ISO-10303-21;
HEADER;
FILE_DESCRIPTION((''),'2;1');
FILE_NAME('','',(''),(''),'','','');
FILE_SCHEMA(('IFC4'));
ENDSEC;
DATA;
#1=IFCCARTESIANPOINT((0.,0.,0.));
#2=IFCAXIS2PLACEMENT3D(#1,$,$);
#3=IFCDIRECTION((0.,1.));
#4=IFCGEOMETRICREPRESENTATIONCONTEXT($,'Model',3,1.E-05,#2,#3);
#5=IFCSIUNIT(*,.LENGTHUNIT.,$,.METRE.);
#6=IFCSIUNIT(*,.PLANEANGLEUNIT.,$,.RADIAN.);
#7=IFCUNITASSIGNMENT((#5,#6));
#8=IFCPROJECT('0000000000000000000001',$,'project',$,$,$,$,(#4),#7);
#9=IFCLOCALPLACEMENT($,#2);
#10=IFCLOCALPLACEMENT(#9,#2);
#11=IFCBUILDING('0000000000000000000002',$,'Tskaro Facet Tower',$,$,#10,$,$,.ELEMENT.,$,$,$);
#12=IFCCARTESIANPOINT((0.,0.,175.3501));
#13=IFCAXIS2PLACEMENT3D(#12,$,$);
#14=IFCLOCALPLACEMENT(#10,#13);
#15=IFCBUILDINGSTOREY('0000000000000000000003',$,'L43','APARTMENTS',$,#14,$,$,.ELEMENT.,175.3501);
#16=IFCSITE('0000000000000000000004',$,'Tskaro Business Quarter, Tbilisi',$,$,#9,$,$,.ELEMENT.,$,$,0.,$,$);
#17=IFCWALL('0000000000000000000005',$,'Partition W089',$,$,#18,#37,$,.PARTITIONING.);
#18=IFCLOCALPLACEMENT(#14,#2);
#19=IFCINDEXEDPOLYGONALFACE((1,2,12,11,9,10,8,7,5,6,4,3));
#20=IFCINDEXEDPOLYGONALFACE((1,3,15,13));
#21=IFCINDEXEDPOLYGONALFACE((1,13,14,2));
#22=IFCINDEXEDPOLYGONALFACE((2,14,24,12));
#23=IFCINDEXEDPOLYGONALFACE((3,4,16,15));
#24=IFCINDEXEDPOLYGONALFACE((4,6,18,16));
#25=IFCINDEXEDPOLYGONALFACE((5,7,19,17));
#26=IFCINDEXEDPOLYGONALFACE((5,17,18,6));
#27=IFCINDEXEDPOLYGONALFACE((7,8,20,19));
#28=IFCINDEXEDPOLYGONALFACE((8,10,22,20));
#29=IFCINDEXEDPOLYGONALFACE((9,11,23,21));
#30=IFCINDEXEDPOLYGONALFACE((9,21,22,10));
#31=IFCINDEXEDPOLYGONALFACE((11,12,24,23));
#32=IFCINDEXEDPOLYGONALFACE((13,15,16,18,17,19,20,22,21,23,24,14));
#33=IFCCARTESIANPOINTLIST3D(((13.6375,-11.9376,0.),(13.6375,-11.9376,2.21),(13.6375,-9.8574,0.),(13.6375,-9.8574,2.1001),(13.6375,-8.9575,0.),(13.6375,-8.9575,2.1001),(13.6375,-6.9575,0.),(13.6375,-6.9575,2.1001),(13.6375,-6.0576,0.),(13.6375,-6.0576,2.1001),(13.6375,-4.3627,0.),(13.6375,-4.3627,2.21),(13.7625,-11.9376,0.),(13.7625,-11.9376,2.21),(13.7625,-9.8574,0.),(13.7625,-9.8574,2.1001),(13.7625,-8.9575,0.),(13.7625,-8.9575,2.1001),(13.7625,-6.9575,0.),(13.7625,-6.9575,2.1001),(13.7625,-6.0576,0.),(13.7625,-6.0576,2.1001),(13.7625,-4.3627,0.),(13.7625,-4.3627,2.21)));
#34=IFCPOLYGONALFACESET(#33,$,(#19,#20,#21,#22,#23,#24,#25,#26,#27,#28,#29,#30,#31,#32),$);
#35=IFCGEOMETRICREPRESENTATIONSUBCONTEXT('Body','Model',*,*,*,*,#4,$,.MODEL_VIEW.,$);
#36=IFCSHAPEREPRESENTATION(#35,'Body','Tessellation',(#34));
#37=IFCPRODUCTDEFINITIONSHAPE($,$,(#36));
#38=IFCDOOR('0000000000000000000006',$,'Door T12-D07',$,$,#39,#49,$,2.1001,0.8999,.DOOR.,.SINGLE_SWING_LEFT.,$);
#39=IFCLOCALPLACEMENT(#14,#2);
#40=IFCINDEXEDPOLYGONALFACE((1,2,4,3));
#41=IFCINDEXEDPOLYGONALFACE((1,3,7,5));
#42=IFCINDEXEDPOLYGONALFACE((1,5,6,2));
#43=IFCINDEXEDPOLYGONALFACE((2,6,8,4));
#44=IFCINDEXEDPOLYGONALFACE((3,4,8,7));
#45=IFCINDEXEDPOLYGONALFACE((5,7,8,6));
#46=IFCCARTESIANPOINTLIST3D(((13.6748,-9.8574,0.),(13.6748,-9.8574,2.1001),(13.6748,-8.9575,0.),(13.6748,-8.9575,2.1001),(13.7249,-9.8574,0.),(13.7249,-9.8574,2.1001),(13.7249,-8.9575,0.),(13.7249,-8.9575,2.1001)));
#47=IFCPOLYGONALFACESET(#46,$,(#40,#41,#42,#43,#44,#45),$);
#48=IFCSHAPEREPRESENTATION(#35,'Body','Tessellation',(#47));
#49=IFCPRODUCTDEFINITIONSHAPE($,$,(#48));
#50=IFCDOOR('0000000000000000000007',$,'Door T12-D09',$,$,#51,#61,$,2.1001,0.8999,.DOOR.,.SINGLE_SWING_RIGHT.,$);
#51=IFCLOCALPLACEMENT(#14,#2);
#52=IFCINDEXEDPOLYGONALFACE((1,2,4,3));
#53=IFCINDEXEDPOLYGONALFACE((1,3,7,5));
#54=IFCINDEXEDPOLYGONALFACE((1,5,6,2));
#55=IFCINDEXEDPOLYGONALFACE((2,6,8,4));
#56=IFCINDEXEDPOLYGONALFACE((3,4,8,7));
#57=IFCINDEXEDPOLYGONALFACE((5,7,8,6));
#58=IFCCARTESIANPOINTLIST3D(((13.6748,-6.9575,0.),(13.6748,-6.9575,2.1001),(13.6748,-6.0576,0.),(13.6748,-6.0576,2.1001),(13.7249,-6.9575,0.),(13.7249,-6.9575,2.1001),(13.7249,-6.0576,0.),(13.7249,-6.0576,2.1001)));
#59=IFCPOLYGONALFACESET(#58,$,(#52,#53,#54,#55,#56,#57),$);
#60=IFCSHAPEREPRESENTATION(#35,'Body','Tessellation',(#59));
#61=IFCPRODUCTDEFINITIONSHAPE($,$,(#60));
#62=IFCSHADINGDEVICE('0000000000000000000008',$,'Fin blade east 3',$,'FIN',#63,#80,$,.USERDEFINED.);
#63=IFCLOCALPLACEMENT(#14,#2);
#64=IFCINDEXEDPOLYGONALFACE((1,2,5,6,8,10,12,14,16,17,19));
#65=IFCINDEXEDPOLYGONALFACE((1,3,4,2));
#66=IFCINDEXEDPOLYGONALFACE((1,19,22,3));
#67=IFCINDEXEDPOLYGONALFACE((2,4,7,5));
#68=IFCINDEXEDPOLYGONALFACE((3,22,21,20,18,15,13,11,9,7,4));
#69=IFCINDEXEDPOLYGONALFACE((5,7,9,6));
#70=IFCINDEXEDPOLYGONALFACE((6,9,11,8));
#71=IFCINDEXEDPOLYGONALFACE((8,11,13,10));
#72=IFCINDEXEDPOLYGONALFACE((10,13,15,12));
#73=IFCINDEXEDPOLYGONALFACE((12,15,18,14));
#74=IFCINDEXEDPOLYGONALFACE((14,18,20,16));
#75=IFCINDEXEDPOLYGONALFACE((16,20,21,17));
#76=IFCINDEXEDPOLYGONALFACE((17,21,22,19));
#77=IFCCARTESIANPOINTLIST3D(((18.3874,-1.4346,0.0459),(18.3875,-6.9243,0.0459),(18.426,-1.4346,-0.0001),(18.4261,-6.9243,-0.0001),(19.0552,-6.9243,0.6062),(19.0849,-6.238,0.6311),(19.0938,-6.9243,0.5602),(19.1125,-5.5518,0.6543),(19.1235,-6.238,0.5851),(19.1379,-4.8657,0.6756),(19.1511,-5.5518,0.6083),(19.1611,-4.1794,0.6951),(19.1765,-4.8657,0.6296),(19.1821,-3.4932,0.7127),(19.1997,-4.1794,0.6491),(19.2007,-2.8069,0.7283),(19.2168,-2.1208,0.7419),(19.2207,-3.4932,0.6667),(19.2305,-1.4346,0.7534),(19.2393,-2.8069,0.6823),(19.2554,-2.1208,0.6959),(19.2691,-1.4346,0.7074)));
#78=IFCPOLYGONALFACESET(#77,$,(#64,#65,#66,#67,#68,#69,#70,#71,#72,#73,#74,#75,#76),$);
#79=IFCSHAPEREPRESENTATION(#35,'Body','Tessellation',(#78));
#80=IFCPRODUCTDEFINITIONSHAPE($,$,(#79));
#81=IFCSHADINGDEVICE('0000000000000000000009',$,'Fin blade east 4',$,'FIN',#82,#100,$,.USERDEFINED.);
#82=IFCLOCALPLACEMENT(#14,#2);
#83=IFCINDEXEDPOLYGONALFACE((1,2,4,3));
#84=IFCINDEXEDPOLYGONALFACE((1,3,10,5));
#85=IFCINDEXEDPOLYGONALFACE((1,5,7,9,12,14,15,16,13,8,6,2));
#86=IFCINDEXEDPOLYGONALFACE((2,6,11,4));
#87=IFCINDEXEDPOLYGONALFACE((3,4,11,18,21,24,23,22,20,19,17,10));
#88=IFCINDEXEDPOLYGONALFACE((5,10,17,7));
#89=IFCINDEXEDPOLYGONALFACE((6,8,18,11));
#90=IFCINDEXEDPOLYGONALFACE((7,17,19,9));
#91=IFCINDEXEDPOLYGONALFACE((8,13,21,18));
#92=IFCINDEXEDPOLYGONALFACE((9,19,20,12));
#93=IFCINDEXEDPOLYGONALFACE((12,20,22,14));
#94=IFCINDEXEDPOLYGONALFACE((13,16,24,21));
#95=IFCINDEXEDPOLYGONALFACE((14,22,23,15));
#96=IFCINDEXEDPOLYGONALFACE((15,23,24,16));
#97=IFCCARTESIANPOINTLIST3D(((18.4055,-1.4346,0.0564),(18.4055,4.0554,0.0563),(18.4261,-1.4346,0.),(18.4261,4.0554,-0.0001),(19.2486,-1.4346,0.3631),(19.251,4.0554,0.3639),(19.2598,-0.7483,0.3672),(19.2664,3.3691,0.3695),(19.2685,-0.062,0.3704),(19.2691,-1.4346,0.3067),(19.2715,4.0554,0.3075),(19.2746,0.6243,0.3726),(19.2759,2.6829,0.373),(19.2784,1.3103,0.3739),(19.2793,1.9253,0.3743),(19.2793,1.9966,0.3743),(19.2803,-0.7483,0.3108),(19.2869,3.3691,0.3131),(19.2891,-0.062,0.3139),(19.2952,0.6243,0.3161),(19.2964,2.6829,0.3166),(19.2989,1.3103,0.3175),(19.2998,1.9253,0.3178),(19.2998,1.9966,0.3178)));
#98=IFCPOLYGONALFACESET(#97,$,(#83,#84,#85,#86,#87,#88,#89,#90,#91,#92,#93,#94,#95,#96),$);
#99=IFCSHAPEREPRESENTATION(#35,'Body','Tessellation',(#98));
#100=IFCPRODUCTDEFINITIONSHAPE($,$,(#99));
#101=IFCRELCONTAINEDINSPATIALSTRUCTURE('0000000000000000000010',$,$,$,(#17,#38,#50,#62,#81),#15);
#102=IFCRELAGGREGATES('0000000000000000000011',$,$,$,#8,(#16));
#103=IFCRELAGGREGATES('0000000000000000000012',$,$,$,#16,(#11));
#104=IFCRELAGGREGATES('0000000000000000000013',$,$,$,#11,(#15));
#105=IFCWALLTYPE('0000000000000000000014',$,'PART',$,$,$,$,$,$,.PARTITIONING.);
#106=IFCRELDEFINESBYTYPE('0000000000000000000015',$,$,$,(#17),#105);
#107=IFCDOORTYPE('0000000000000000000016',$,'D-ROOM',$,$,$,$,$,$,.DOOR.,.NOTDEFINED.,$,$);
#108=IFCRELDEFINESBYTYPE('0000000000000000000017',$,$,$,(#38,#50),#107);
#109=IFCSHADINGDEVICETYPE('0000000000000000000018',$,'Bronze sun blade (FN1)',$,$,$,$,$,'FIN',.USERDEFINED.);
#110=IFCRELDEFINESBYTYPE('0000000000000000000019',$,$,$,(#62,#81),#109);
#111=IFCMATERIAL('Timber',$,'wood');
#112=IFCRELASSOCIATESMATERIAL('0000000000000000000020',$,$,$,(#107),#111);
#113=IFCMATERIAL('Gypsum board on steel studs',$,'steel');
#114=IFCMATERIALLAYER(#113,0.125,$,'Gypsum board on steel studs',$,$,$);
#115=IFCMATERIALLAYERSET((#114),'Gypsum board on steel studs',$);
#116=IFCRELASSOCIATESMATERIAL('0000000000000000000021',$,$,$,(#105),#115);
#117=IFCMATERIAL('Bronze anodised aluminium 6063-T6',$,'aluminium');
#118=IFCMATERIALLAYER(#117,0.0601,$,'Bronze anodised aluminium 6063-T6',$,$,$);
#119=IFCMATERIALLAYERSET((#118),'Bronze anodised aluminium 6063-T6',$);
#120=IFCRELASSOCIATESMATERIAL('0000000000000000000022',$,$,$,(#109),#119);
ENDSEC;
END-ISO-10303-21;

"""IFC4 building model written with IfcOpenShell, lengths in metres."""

from ifc_helpers import new_model, si_unit, direction, frame, frame_2d, origin, place, context, subcontext, project, spatial, polyline, rectangle, outline, extrude, material, layer, layer_set, type_object, element, fill, save


model = new_model("IFC4")

# Units and contexts
model_context = context("Model", 3, precision=1e-05, world=origin(), true_north=direction((0.0, 1.0)))
body_context = subcontext(model_context, "Body", "Model", "MODEL_VIEW")
ifc_project = project(units=[si_unit("LENGTHUNIT", "METRE"), si_unit("PLANEANGLEUNIT", "RADIAN")], contexts=[model_context])

# Site, building, storey
site_placement = place(None, origin())
site = spatial("IfcSite", under=ifc_project, at=site_placement, Name="Tskaro Business Quarter, Tbilisi", CompositionType="ELEMENT", RefElevation=0.0)
building_placement = place(site_placement, origin())
building = spatial("IfcBuilding", under=site, at=building_placement, Name="Tskaro Facet Tower", CompositionType="ELEMENT")
storey_placement = place(building_placement, frame((0.0, 0.0, 175.3501)))
storey = spatial("IfcBuildingStorey", under=building, at=storey_placement, Name="L43", Description="APARTMENTS", CompositionType="ELEMENT", Elevation=175.3501)

# Shared definitions
ifc_material_1 = material(Name="Bronze anodised aluminium 6063-T6", Category="aluminium")

# Shared definitions
ifc_material_2 = material(Name="Timber", Category="wood")
door_type_1 = type_object("IfcDoorType", Name="D-ROOM", OperationType="NOTDEFINED", PredefinedType="DOOR", material=ifc_material_2)
ifc_material_3 = material(Name="Gypsum board on steel studs", Category="steel")
ifc_layer_1 = layer(ifc_material_3, 0.125, Name="Gypsum board on steel studs")
ifc_layer_set_1 = layer_set([ifc_layer_1], Name="Gypsum board on steel studs")
wall_type_1 = type_object("IfcWallType", Name="PART", PredefinedType="PARTITIONING", material=ifc_layer_set_1)

# Wall, openings, doors
wall_1_placement = place(storey_placement, frame((13.7, -4.3625, 0.0), z_axis=(0.0, 0.0, 1.0), x_axis=(0.0, -1.0, 0.0)))
wall_1 = element("IfcWall", 1, at=wall_1_placement, inside=storey, type_object=wall_type_1, Name="Partition W089", PredefinedType="PARTITIONING", context=body_context, shape_type="SweptSolid", body=[
    extrude(rectangle(XDim=7.575, YDim=0.125, at=frame_2d((3.7876, 0.0))), origin(), (0.0, 0.0, 1.0), 2.21),
])
opening_1_placement = place(wall_1_placement, frame((4.595, 0.0, 0.0)))
opening_1 = element("IfcOpeningElement", 2, at=opening_1_placement, cuts=wall_1, PredefinedType="OPENING", context=body_context, shape_type="SweptSolid", body=[
    extrude(rectangle(XDim=0.8999, YDim=2.1001, at=frame_2d((0.45, 1.05))), frame((0.0, 0.0725, 0.0), z_axis=(0.0, -1.0, 0.0), x_axis=(1.0, 0.0, 0.0)), (0.0, 0.0, 1.0), 0.145),
])
opening_2_placement = place(wall_1_placement, frame((1.6951, 0.0, 0.0)))
opening_2 = element("IfcOpeningElement", 3, at=opening_2_placement, cuts=wall_1, PredefinedType="OPENING", context=body_context, shape_type="SweptSolid", body=[
    extrude(rectangle(XDim=0.8999, YDim=2.1001, at=frame_2d((0.45, 1.05))), frame((0.0, 0.0725, 0.0), z_axis=(0.0, -1.0, 0.0), x_axis=(1.0, 0.0, 0.0)), (0.0, 0.0, 1.0), 0.145),
])
door_1_placement = place(opening_1_placement, origin())
door_1 = element("IfcDoor", 4, at=door_1_placement, inside=storey, type_object=door_type_1, Name="Door T12-D07", OperationType="SINGLE_SWING_LEFT", OverallHeight=2.1001, OverallWidth=0.8999, PredefinedType="DOOR", context=body_context, shape_type="SweptSolid", body=[
    extrude(rectangle(XDim=0.8999, YDim=2.1001, at=frame_2d((0.45, 1.05))), frame((0.0, 0.0249, 0.0), z_axis=(0.0, -1.0, 0.0), x_axis=(1.0, 0.0, 0.0)), (0.0, 0.0, 1.0), 0.05),
])
fill(opening_1, door_1)
door_2_placement = place(opening_2_placement, origin())
door_2 = element("IfcDoor", 5, at=door_2_placement, inside=storey, type_object=door_type_1, Name="Door T12-D09", OperationType="SINGLE_SWING_RIGHT", OverallHeight=2.1001, OverallWidth=0.8999, PredefinedType="DOOR", context=body_context, shape_type="SweptSolid", body=[
    extrude(rectangle(XDim=0.8999, YDim=2.1001, at=frame_2d((0.45, 1.05))), frame((0.0, 0.0249, 0.0), z_axis=(0.0, -1.0, 0.0), x_axis=(1.0, 0.0, 0.0)), (0.0, 0.0, 1.0), 0.05),
])
fill(opening_2, door_2)

# Shading devices
ifc_layer_2 = layer(ifc_material_1, 0.0601, Name="Bronze anodised aluminium 6063-T6")
ifc_layer_set_2 = layer_set([ifc_layer_2], Name="Bronze anodised aluminium 6063-T6")
shading_device_type = type_object("IfcShadingDeviceType", Name="Bronze sun blade (FN1)", ElementType="FIN", PredefinedType="USERDEFINED", material=ifc_layer_set_2)
shading_device_1_placement = place(storey_placement, frame((18.3875, -6.9243, 0.0459), z_axis=(-0.642782, -0.000011, 0.76605), x_axis=(-0.000007, 1.0, 0.000008)))
element("IfcShadingDevice", 6, at=shading_device_1_placement, inside=storey, type_object=shading_device_type, Name="Fin blade east 3", ObjectType="FIN", PredefinedType="USERDEFINED", context=body_context, shape_type="SweptSolid", body=[
    extrude(outline(polyline([(0.0, 0.0), (5.4897, 0.0), (5.4897, -1.1006), (4.8035, -1.0827), (4.1174, -1.0616), (3.4312, -1.0373), (2.7449, -1.01), (2.0586, -0.9796), (1.3726, -0.9465), (0.6863, -0.9105), (0.0, -0.8717), (0.0, 0.0)])), origin(), (0.0, 0.0, -1.0), 0.0601),
])
shading_device_2_placement = place(storey_placement, frame((18.4055, -1.4346, 0.0564), z_axis=(-0.341909, 0.000013, 0.939733), x_axis=(0.000004, 1.0, -0.000012)))
element("IfcShadingDevice", 7, at=shading_device_2_placement, inside=storey, type_object=shading_device_type, Name="Fin blade east 4", ObjectType="FIN", PredefinedType="USERDEFINED", context=body_context, shape_type="SweptSolid", body=[
    extrude(outline(polyline([(0.0, 0.0), (5.49, 0.0), (5.49, -0.8997), (4.8037, -0.9161), (4.1174, -0.9262), (3.4312, -0.9298), (3.3599, -0.9298), (2.7449, -0.9288), (2.0588, -0.9249), (1.3726, -0.9184), (0.6863, -0.909), (0.0, -0.8971), (0.0, 0.0)])), origin(), (0.0, 0.0, -1.0), 0.0601),
])

save(model, "model.ifc")
